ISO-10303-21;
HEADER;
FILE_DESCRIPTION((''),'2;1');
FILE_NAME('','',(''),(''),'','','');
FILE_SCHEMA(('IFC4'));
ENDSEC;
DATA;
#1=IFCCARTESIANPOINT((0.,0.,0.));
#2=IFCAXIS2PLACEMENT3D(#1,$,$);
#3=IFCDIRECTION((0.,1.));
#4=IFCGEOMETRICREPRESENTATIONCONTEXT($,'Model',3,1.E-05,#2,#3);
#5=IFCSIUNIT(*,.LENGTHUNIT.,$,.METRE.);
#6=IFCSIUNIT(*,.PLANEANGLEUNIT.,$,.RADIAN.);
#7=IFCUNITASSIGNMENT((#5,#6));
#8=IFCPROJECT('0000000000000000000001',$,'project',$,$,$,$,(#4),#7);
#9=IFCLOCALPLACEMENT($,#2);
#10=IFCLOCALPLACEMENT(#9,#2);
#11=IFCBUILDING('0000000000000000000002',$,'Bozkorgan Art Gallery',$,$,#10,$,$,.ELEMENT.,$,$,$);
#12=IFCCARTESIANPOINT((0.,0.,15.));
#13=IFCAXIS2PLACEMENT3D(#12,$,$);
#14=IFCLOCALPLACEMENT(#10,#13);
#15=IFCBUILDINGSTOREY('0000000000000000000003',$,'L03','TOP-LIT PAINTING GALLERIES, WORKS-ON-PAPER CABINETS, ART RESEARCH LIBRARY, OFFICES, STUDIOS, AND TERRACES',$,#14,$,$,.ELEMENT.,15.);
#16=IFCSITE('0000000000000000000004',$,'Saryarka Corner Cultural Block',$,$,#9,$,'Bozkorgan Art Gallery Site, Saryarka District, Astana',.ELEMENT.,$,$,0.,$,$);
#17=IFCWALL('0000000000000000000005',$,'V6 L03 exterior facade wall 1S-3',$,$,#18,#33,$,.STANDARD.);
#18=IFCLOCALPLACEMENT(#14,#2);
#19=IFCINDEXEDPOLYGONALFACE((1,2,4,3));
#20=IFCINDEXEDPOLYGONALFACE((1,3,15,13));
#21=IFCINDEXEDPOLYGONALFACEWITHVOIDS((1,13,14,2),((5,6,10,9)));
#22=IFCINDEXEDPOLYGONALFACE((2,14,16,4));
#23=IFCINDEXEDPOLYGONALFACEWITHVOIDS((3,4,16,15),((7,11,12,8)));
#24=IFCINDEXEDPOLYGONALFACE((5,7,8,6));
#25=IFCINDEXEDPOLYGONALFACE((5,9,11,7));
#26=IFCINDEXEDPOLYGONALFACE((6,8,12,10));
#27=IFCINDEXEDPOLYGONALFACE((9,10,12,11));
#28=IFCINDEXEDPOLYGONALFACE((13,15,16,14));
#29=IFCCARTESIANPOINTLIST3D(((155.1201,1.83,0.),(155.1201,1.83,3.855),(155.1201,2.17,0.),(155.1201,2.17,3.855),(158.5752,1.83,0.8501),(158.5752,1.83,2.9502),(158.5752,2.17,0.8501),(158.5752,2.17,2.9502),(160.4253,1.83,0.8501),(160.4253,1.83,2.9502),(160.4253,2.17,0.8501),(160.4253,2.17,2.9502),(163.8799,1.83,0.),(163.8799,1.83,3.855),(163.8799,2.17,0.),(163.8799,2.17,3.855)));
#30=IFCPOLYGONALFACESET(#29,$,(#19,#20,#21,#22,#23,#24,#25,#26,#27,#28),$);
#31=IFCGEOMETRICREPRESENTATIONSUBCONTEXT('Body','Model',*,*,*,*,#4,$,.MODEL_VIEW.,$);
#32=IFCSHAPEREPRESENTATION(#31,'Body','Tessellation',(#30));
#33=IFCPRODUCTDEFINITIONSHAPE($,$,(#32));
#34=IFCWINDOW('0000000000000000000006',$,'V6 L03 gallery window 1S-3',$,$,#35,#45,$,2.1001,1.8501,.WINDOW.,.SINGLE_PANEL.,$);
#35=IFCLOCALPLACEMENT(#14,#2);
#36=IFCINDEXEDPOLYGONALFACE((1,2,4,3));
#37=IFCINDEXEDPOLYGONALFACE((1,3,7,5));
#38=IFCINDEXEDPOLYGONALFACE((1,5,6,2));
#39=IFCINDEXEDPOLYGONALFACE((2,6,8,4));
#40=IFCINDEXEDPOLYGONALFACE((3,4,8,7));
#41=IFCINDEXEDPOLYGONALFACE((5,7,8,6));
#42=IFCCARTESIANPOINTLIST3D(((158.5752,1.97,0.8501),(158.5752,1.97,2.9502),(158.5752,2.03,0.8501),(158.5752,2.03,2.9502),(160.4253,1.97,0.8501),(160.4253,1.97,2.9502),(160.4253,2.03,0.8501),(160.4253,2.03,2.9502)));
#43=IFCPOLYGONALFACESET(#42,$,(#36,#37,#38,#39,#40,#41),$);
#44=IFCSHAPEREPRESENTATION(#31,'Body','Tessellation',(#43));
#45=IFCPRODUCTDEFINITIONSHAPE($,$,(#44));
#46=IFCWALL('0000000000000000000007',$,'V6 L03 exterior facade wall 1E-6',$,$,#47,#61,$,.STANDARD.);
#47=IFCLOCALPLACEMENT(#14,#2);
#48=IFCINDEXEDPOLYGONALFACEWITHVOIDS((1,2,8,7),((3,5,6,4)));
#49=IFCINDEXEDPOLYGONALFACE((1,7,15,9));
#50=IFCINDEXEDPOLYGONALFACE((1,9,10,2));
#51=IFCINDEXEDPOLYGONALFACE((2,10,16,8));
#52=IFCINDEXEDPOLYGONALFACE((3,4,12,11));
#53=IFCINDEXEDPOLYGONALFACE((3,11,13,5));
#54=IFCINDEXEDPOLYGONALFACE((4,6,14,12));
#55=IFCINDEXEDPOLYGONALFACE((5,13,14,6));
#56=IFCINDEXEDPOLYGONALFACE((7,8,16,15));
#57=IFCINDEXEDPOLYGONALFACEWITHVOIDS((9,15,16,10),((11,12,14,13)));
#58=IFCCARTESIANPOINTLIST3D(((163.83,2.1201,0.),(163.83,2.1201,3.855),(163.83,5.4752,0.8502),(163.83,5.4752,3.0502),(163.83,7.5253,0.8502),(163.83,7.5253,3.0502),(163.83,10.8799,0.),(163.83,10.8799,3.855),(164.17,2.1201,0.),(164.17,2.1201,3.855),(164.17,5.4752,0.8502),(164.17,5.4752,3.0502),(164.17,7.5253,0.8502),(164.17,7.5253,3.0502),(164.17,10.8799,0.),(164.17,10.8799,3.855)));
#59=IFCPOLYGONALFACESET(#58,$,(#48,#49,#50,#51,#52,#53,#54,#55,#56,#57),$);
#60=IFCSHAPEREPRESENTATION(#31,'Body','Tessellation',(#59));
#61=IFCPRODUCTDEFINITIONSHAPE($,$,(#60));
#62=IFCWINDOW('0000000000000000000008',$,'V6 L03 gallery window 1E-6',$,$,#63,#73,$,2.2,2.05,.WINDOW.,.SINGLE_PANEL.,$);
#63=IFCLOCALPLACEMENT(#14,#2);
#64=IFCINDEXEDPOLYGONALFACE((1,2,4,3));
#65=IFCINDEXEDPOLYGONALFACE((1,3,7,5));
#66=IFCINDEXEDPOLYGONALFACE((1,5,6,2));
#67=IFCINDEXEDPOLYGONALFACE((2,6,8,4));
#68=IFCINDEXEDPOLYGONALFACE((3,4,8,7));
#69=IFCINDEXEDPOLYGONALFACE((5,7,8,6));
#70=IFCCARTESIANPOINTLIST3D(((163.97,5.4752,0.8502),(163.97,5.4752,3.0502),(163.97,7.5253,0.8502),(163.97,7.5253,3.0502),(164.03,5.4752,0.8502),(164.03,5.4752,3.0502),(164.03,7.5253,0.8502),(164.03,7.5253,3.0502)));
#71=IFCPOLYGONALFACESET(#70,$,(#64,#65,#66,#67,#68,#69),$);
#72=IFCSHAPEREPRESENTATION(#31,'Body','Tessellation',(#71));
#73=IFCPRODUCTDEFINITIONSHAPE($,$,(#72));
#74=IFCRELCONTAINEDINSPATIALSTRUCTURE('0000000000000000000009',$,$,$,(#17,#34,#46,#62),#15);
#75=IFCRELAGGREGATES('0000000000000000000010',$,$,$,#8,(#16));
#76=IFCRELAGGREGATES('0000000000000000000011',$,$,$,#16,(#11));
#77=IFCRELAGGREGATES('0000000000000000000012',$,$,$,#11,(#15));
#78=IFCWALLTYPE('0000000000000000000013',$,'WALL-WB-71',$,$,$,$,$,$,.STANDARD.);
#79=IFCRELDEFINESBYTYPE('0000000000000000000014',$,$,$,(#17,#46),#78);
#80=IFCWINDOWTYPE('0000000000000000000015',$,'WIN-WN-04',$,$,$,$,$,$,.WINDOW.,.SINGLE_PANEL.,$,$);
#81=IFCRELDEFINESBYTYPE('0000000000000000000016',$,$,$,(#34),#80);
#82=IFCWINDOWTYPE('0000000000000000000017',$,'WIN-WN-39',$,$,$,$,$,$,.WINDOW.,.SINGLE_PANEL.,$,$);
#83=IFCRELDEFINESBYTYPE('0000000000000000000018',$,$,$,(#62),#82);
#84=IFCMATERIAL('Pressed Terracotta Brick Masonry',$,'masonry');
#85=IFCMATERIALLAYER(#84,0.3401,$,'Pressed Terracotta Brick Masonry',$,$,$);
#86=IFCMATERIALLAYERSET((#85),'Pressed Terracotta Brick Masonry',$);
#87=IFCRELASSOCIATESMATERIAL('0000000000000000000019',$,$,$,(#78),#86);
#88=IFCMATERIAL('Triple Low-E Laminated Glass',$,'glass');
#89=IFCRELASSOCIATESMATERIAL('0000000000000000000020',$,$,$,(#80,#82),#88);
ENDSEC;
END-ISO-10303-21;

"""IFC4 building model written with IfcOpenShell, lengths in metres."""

from ifc_helpers import new_model, si_unit, direction, frame, frame_2d, origin, place, context, subcontext, project, spatial, rectangle, extrude, material, layer, layer_set, type_object, element, fill, save


model = new_model("IFC4")

# Units and contexts
model_context = context("Model", 3, precision=1e-05, world=origin(), true_north=direction((0.0, 1.0)))
body_context = subcontext(model_context, "Body", "Model", "MODEL_VIEW")
ifc_project = project(units=[si_unit("LENGTHUNIT", "METRE"), si_unit("PLANEANGLEUNIT", "RADIAN")], contexts=[model_context])

# Site, building, storey
site_placement = place(None, origin())
site = spatial("IfcSite", under=ifc_project, at=site_placement, Name="Saryarka Corner Cultural Block", LongName="Bozkorgan Art Gallery Site, Saryarka District, Astana", CompositionType="ELEMENT", RefElevation=0.0)
building_placement = place(site_placement, origin())
building = spatial("IfcBuilding", under=site, at=building_placement, Name="Bozkorgan Art Gallery", CompositionType="ELEMENT")
storey_placement = place(building_placement, frame((0.0, 0.0, 15.0)))
storey = spatial("IfcBuildingStorey", under=building, at=storey_placement, Name="L03", Description="TOP-LIT PAINTING GALLERIES, WORKS-ON-PAPER CABINETS, ART RESEARCH LIBRARY, OFFICES, STUDIOS, AND TERRACES", CompositionType="ELEMENT", Elevation=15.0)

# Walls, openings, windows
ifc_material_1 = material(Name="Pressed Terracotta Brick Masonry", Category="masonry")
ifc_layer_1 = layer(ifc_material_1, 0.3401, Name="Pressed Terracotta Brick Masonry")
ifc_layer_set_1 = layer_set([ifc_layer_1], Name="Pressed Terracotta Brick Masonry")
wall_type_1 = type_object("IfcWallType", Name="WALL-WB-71", PredefinedType="STANDARD", material=ifc_layer_set_1)
wall_1_placement = place(storey_placement, frame((155.1201, 2.0, 0.0), z_axis=(0.0, 0.0, 1.0), x_axis=(1.0, 0.0, 0.0)))
wall_1 = element("IfcWall", 1, at=wall_1_placement, inside=storey, type_object=wall_type_1, Name="V6 L03 exterior facade wall 1S-3", PredefinedType="STANDARD", context=body_context, shape_type="SweptSolid", body=[
    extrude(rectangle(XDim=8.7598, YDim=0.3401, at=frame_2d((4.3799, 0.0))), origin(), (0.0, 0.0, 1.0), 3.855),
])
opening_1_placement = place(wall_1_placement, frame((5.3052, 0.0, 0.8501), z_axis=(0.0, 0.0, 1.0), x_axis=(-1.0, 0.0, 0.0)))
opening_1 = element("IfcOpeningElement", 2, at=opening_1_placement, cuts=wall_1, PredefinedType="OPENING", context=body_context, shape_type="SweptSolid", body=[
    extrude(rectangle(XDim=1.8501, YDim=2.1001, at=frame_2d((0.925, 1.05))), frame((0.0, 0.1802, 0.0), z_axis=(0.0, -1.0, 0.0), x_axis=(1.0, 0.0, 0.0)), (0.0, 0.0, 1.0), 0.3601),
])
ifc_material_2 = material(Name="Triple Low-E Laminated Glass", Category="glass")
window_type_1 = type_object("IfcWindowType", Name="WIN-WN-04", PartitioningType="SINGLE_PANEL", PredefinedType="WINDOW", material=ifc_material_2)
window_1_placement = place(opening_1_placement, origin())
window_1 = element("IfcWindow", 3, at=window_1_placement, inside=storey, type_object=window_type_1, Name="V6 L03 gallery window 1S-3", OverallHeight=2.1001, OverallWidth=1.8501, PartitioningType="SINGLE_PANEL", PredefinedType="WINDOW", context=body_context, shape_type="SweptSolid", body=[
    extrude(rectangle(XDim=1.8501, YDim=2.1001, at=frame_2d((0.925, 1.05))), frame((0.0, 0.03, 0.0), z_axis=(0.0, -1.0, 0.0), x_axis=(1.0, 0.0, 0.0)), (0.0, 0.0, 1.0), 0.0601),
])
fill(opening_1, window_1)
wall_2_placement = place(storey_placement, frame((164.0, 2.1201, 0.0), z_axis=(0.0, 0.0, 1.0), x_axis=(0.0, 1.0, 0.0)))
wall_2 = element("IfcWall", 4, at=wall_2_placement, inside=storey, type_object=wall_type_1, Name="V6 L03 exterior facade wall 1E-6", PredefinedType="STANDARD", context=body_context, shape_type="SweptSolid", body=[
    extrude(rectangle(XDim=8.7598, YDim=0.3401, at=frame_2d((4.3799, 0.0))), origin(), (0.0, 0.0, 1.0), 3.855),
])
opening_2_placement = place(wall_2_placement, frame((5.405, 0.0, 0.8501), z_axis=(0.0, 0.0, 1.0), x_axis=(-1.0, 0.0, 0.0)))
opening_2 = element("IfcOpeningElement", 5, at=opening_2_placement, cuts=wall_2, PredefinedType="OPENING", context=body_context, shape_type="SweptSolid", body=[
    extrude(rectangle(XDim=2.05, YDim=2.2, at=frame_2d((1.0249, 1.1001))), frame((0.0, 0.1802, 0.0), z_axis=(0.0, -1.0, 0.0), x_axis=(1.0, 0.0, 0.0)), (0.0, 0.0, 1.0), 0.3601),
])
window_type_2 = type_object("IfcWindowType", Name="WIN-WN-39", PartitioningType="SINGLE_PANEL", PredefinedType="WINDOW", material=ifc_material_2)
window_2_placement = place(opening_2_placement, origin())
window_2 = element("IfcWindow", 6, at=window_2_placement, inside=storey, type_object=window_type_2, Name="V6 L03 gallery window 1E-6", OverallHeight=2.2, OverallWidth=2.05, PartitioningType="SINGLE_PANEL", PredefinedType="WINDOW", context=body_context, shape_type="SweptSolid", body=[
    extrude(rectangle(XDim=2.05, YDim=2.2, at=frame_2d((1.0249, 1.1001))), frame((0.0, 0.03, 0.0), z_axis=(0.0, -1.0, 0.0), x_axis=(1.0, 0.0, 0.0)), (0.0, 0.0, 1.0), 0.0601),
])
fill(opening_2, window_2)

save(model, "model.ifc")
